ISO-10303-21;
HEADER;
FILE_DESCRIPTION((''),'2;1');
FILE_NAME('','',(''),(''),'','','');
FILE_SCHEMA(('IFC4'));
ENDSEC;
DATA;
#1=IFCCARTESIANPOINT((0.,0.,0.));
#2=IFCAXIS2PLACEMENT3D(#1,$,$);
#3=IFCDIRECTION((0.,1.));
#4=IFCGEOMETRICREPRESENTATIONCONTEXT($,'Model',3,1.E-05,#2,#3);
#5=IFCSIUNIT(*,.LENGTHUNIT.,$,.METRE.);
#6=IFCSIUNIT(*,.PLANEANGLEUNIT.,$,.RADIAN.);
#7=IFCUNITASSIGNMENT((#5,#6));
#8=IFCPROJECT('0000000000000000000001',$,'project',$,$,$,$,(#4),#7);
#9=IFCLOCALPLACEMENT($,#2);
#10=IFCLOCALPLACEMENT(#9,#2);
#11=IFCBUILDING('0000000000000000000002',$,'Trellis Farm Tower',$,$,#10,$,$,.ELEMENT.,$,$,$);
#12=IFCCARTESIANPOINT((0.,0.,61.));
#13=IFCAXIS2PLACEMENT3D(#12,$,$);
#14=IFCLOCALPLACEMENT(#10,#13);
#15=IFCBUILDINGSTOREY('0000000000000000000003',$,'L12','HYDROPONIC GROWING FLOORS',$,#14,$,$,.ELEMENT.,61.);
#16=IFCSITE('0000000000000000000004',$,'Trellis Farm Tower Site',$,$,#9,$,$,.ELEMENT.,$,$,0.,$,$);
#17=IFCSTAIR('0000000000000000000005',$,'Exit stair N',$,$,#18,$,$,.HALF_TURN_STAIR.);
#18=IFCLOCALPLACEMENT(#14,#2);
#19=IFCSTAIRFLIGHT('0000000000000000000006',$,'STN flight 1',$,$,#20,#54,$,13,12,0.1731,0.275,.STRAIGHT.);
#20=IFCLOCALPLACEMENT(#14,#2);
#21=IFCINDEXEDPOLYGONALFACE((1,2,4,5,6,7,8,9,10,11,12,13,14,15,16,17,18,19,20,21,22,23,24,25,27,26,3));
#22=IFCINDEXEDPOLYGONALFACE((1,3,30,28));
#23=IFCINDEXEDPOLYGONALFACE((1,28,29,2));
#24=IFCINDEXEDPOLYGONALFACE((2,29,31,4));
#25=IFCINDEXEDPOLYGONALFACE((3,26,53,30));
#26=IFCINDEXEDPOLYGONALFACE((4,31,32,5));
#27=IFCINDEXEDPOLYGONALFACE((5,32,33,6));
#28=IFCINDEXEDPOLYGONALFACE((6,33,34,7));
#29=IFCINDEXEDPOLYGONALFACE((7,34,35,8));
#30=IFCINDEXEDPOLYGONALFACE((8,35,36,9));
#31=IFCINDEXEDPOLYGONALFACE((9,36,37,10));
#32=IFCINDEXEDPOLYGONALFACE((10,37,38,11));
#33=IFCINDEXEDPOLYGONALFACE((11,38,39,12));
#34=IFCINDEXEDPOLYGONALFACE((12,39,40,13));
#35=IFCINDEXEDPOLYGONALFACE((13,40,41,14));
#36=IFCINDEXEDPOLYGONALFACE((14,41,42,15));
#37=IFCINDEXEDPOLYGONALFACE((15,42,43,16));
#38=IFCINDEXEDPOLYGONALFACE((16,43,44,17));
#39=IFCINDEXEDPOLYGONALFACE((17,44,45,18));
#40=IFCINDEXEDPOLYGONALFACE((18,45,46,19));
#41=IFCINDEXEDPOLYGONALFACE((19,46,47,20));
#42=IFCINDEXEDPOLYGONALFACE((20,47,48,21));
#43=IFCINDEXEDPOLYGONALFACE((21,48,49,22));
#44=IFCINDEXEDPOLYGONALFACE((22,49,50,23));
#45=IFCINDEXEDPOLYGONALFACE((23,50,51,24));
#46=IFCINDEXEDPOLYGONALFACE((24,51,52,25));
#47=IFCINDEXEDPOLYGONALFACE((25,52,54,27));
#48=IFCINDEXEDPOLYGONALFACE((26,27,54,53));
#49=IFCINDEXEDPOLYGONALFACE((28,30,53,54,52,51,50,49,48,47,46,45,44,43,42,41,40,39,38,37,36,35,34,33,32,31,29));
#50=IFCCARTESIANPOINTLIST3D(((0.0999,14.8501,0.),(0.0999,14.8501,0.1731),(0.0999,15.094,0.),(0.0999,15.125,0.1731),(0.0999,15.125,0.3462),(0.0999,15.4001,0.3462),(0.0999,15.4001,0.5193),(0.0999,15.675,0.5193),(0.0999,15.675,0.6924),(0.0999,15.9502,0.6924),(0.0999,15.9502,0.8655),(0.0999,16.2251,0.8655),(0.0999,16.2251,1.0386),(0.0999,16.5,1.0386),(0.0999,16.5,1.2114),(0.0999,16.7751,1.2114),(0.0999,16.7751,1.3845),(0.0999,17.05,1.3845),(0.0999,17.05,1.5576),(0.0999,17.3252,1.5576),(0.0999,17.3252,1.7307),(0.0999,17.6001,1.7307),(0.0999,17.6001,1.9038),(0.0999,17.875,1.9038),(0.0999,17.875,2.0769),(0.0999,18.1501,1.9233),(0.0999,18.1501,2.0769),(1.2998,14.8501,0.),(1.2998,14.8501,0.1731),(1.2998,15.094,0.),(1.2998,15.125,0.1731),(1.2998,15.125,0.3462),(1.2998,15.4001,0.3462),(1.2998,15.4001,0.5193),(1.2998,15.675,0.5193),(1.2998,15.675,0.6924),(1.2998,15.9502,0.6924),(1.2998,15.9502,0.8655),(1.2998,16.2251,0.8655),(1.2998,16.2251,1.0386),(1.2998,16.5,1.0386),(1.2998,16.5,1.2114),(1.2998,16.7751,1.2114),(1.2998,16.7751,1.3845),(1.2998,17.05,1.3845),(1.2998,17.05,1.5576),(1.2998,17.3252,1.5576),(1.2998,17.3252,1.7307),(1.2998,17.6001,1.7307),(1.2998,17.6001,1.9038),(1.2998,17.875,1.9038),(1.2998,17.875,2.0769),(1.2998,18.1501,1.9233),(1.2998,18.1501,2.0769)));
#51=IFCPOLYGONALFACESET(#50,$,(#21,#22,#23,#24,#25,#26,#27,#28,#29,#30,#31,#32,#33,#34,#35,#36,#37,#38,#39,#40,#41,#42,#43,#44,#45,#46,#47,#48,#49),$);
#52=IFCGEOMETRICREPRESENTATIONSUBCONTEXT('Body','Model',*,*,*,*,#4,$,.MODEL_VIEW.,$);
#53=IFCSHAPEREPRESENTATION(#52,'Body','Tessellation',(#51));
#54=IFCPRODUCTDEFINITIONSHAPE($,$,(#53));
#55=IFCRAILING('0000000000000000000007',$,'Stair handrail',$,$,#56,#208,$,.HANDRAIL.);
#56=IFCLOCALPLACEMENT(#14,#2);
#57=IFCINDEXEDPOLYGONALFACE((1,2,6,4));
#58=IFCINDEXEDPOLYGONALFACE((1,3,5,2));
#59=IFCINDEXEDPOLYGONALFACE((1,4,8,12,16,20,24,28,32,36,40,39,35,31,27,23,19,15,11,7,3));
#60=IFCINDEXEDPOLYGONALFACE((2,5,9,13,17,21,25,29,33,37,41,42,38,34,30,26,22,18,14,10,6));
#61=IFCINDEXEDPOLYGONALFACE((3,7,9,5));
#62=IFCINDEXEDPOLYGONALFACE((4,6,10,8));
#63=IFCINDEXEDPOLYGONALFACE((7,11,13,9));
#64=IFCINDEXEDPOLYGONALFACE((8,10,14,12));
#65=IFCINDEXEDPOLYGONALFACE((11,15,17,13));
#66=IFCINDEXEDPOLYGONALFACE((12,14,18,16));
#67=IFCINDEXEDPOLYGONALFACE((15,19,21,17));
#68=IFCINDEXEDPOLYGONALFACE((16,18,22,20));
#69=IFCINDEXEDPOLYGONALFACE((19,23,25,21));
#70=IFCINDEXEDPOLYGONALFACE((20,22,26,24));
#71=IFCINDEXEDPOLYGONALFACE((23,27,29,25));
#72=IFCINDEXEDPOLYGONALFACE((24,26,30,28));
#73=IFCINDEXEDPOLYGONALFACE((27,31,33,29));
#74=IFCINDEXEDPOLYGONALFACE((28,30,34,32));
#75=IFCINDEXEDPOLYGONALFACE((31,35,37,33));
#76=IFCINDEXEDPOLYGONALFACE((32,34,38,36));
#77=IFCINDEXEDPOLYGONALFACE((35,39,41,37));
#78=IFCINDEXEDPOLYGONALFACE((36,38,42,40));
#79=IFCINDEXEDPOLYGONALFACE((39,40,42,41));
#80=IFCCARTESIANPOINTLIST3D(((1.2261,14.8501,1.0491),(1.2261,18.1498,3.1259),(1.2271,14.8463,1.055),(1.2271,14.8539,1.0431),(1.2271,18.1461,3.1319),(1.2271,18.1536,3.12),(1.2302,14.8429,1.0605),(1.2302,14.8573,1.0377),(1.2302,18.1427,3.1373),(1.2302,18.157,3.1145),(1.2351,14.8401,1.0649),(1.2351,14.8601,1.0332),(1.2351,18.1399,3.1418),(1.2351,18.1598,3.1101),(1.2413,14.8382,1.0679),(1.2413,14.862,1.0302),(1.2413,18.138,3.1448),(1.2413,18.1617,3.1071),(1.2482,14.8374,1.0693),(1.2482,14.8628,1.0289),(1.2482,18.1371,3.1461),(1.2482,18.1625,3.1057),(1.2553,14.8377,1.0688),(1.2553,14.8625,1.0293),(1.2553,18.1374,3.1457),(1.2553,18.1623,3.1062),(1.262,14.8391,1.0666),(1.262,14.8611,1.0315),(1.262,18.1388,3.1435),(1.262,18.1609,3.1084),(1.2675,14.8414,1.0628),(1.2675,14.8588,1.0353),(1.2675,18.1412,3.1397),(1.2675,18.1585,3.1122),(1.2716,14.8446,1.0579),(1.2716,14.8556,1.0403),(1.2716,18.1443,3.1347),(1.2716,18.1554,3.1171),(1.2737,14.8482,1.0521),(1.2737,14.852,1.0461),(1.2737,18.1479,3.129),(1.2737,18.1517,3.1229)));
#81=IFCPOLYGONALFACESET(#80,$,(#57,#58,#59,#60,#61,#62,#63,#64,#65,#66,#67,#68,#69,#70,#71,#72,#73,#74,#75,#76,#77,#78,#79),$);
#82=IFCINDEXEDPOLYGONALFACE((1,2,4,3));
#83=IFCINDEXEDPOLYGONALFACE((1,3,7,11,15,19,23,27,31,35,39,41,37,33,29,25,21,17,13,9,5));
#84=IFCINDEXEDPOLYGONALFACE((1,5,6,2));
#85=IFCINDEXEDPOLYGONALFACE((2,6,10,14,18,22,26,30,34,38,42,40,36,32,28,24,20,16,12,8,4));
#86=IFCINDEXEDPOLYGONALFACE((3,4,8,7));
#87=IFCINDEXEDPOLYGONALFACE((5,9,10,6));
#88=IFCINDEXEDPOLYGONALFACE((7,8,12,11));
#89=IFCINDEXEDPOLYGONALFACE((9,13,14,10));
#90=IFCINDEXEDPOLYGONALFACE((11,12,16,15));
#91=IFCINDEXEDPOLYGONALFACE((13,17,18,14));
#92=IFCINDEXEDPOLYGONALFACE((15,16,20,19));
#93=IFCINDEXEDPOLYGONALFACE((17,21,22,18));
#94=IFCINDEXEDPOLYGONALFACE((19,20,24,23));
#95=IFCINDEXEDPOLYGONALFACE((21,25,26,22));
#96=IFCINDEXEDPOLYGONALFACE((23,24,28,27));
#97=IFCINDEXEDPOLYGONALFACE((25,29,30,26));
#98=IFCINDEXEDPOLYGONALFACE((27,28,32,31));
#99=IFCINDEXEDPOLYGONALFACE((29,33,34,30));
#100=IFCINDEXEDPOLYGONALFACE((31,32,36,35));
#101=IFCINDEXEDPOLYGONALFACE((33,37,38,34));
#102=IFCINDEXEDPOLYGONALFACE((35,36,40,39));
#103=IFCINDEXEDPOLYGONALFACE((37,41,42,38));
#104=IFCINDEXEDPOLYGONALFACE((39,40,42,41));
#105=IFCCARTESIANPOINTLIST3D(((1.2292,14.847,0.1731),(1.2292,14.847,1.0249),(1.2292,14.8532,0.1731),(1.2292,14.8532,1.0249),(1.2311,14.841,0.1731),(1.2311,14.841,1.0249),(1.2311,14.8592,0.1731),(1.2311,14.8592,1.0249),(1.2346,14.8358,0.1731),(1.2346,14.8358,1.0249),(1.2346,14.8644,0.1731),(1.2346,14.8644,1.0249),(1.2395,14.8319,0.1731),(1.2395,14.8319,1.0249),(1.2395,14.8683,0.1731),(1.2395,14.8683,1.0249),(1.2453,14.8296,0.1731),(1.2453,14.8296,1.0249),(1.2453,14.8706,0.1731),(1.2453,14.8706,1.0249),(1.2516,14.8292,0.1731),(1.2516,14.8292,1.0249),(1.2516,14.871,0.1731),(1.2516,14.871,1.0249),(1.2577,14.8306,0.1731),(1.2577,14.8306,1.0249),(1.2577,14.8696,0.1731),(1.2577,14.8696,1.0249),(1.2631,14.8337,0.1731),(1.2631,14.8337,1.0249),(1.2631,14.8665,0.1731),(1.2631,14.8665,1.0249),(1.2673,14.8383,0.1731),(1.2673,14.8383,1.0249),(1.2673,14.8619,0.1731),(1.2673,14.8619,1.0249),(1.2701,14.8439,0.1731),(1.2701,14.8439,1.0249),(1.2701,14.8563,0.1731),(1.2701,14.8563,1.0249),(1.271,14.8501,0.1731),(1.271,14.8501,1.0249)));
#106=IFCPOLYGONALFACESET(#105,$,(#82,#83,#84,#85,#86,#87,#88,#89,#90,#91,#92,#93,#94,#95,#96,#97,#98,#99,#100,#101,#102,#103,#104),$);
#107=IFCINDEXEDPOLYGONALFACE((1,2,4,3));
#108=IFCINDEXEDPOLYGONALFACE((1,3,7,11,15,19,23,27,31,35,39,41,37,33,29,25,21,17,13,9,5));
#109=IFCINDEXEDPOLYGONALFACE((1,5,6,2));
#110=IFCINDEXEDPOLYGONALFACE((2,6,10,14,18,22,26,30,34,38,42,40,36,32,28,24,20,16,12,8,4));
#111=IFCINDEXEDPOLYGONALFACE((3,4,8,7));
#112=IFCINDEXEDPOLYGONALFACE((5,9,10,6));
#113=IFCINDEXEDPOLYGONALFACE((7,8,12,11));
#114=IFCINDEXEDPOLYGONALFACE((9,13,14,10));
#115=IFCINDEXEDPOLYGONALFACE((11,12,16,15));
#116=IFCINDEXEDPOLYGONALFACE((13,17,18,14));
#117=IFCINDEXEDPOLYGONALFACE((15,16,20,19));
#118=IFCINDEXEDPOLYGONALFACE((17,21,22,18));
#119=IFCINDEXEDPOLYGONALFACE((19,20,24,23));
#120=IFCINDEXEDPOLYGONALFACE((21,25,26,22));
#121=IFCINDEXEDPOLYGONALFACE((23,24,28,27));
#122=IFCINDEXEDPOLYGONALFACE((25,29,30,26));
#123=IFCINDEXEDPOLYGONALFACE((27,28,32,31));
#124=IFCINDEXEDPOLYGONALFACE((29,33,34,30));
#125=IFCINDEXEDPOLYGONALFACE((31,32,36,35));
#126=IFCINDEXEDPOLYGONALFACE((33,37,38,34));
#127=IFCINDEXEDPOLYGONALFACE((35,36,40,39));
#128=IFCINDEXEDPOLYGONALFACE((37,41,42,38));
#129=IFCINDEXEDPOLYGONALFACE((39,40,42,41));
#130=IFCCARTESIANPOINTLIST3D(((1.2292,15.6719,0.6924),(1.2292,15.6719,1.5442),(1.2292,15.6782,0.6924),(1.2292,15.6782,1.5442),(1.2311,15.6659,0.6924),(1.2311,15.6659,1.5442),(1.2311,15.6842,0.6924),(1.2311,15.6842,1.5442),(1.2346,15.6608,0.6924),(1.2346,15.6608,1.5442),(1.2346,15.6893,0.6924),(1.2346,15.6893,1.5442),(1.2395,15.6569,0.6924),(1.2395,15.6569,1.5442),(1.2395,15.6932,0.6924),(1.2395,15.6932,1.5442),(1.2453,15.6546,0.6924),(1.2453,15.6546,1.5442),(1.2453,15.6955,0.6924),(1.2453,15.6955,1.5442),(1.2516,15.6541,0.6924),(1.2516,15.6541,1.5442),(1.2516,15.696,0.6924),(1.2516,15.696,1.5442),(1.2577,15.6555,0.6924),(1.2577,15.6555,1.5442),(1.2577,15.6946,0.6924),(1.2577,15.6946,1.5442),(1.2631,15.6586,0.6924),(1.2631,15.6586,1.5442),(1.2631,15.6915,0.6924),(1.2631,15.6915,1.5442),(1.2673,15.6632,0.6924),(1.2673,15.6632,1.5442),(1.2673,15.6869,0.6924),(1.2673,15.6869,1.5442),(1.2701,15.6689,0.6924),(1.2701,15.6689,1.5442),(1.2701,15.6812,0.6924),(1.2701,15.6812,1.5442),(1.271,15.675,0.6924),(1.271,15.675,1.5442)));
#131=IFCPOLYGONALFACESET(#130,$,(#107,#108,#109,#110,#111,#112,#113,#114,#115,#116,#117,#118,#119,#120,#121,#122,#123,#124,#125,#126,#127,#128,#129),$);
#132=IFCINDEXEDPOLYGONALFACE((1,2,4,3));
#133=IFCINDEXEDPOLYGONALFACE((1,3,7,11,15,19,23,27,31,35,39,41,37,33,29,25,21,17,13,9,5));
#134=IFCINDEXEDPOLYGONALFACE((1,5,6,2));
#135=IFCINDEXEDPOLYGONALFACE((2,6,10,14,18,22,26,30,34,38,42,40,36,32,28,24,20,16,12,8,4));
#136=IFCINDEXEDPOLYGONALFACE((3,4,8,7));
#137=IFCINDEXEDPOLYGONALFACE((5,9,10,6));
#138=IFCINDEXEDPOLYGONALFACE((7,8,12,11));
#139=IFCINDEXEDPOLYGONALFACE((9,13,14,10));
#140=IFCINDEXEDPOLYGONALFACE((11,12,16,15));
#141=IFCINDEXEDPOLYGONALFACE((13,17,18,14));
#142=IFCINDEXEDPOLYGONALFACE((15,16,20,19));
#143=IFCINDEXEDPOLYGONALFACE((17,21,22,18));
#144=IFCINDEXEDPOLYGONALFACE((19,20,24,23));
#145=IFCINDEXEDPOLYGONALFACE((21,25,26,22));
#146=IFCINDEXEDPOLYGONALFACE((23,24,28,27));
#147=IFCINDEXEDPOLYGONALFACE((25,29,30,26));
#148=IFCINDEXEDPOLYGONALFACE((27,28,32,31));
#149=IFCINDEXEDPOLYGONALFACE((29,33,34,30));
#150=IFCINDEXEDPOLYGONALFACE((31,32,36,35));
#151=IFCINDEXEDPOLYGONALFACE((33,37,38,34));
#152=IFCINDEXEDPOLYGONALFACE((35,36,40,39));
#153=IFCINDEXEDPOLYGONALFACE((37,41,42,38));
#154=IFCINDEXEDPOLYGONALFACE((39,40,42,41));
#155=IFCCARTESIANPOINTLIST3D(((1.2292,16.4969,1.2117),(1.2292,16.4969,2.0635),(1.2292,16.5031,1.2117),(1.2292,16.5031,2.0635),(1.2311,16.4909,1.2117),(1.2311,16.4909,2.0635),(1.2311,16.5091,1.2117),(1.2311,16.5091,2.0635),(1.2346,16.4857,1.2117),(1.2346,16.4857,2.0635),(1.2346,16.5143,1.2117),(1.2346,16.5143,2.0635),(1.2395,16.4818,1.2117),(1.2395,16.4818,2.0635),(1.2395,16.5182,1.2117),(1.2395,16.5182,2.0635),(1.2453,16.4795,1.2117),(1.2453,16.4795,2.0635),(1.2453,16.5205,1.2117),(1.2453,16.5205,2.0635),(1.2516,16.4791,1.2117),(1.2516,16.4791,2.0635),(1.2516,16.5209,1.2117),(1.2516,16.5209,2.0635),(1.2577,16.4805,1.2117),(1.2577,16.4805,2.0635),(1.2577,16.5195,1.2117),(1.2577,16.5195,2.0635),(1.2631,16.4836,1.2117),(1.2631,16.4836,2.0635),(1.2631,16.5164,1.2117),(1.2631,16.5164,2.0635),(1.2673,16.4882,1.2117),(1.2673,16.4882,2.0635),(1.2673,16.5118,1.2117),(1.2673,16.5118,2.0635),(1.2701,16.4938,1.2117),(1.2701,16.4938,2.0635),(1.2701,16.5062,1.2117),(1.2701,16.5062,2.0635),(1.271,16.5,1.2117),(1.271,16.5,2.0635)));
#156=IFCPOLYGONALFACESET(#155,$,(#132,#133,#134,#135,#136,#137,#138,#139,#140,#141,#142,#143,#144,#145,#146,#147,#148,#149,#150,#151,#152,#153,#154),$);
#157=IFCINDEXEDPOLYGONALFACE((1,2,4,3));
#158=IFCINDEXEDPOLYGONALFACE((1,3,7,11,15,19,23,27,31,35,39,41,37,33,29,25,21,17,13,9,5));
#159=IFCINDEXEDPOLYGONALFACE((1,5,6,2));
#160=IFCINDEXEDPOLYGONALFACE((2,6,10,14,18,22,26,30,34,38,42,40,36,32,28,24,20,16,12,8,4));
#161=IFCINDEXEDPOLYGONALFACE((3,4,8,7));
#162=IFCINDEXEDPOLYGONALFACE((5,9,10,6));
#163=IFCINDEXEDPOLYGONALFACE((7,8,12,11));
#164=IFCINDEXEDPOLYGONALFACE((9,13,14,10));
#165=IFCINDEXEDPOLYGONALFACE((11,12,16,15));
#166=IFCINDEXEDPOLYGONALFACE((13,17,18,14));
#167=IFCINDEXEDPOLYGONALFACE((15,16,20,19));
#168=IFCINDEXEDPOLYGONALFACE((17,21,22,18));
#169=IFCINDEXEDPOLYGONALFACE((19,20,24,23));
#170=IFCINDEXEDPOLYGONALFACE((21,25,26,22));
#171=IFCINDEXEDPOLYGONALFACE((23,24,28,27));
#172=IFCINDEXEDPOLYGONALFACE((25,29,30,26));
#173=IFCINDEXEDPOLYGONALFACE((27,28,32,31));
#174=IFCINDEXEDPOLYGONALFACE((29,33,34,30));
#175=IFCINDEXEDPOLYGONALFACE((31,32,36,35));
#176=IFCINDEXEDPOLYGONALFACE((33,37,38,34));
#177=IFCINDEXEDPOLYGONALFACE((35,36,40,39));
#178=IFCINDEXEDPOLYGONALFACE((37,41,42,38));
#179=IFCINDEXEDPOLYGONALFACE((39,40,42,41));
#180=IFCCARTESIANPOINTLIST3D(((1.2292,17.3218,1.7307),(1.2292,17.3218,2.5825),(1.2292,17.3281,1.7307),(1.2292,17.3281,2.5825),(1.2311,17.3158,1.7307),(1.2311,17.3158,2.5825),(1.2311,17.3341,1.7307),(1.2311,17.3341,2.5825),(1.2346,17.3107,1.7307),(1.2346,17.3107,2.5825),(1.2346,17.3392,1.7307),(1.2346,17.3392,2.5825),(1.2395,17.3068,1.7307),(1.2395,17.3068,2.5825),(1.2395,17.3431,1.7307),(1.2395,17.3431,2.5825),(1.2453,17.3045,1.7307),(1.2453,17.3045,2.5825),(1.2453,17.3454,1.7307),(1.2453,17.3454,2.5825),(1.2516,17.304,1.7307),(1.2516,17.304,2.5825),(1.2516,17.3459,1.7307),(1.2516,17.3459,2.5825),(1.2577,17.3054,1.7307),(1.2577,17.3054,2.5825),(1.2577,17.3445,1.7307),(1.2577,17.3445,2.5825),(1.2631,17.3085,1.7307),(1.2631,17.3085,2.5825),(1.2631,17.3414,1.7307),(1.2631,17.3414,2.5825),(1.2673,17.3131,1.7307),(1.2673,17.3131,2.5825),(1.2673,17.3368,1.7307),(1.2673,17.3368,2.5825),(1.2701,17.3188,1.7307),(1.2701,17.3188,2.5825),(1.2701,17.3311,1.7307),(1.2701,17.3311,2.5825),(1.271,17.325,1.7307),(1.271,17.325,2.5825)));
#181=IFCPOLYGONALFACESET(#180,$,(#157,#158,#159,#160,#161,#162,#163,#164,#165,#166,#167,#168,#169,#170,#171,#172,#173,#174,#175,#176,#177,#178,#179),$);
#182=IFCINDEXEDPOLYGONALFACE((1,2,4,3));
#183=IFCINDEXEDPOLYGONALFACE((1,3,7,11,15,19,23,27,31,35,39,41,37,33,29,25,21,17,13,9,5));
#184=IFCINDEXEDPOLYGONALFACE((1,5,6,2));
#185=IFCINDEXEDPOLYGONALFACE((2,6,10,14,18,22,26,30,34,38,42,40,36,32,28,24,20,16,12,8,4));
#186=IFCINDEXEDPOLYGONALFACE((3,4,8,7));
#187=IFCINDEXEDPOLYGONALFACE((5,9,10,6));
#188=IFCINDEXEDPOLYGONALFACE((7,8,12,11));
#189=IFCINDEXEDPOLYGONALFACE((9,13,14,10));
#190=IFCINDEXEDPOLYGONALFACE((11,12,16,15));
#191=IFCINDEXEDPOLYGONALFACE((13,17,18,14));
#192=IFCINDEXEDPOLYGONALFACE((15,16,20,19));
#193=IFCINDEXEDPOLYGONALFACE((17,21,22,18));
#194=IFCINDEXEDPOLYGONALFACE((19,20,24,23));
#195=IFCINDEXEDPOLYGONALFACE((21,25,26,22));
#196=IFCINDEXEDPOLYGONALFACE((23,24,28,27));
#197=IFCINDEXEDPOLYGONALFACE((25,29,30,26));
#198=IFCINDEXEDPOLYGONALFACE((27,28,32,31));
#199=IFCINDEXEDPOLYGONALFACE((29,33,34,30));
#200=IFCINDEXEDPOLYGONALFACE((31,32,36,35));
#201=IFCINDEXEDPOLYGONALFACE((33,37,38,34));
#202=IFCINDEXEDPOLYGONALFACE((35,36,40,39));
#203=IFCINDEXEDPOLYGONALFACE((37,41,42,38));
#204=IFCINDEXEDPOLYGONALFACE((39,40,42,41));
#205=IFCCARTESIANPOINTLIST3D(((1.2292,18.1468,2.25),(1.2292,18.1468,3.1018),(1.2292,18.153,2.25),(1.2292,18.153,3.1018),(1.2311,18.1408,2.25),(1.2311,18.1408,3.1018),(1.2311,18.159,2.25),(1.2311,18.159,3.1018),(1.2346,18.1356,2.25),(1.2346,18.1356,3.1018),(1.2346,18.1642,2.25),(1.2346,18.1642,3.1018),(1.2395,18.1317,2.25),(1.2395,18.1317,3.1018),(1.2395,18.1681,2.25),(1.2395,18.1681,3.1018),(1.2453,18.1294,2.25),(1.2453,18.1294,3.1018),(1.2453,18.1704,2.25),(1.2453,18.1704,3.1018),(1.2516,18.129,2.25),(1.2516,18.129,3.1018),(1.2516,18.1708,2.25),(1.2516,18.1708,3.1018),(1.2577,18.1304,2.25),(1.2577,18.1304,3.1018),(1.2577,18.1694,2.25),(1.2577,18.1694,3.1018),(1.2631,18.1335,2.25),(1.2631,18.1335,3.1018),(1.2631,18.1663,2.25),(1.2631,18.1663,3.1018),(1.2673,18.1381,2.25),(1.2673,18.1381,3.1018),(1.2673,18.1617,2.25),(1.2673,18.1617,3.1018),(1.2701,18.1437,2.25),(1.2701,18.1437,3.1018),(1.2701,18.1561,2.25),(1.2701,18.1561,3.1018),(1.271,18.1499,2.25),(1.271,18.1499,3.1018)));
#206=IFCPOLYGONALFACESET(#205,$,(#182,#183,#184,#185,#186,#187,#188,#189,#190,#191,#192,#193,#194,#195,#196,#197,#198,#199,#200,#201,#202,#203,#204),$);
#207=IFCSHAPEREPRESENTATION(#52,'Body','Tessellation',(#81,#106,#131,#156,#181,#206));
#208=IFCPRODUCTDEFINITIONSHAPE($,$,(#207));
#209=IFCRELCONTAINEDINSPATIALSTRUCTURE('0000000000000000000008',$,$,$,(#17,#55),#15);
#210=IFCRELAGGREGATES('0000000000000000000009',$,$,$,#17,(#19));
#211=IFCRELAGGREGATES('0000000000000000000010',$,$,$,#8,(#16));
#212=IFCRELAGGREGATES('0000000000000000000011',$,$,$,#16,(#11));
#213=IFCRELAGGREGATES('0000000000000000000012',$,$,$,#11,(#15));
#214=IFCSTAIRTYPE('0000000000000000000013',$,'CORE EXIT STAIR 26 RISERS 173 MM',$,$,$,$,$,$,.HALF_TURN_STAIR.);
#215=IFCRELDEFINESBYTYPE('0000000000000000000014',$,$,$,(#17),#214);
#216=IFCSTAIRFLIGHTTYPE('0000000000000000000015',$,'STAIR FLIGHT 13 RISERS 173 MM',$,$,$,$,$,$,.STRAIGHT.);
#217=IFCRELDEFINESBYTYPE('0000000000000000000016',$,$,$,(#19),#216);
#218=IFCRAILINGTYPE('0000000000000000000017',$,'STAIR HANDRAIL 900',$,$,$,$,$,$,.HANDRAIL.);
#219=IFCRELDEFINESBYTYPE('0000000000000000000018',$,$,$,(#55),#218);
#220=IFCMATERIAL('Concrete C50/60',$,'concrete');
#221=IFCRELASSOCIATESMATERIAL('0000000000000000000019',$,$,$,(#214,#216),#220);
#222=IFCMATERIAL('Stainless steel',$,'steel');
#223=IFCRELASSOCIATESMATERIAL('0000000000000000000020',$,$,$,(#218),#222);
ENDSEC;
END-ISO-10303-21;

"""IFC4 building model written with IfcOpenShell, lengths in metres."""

from ifc_helpers import new_model, si_unit, direction, frame, origin, origin_2d, place, context, subcontext, project, spatial, polyline, circle, outline, extrude, source, transform, mapped, material, type_object, element, aggregate, save


model = new_model("IFC4")

# Units and contexts
model_context = context("Model", 3, precision=1e-05, world=origin(), true_north=direction((0.0, 1.0)))
body_context = subcontext(model_context, "Body", "Model", "MODEL_VIEW")
ifc_project = project(units=[si_unit("LENGTHUNIT", "METRE"), si_unit("PLANEANGLEUNIT", "RADIAN")], contexts=[model_context])

# Site, building, storey
site_placement = place(None, origin())
site = spatial("IfcSite", under=ifc_project, at=site_placement, Name="Trellis Farm Tower Site", CompositionType="ELEMENT", RefElevation=0.0)
building_placement = place(site_placement, origin())
building = spatial("IfcBuilding", under=site, at=building_placement, Name="Trellis Farm Tower", CompositionType="ELEMENT")
storey_placement = place(building_placement, frame((0.0, 0.0, 61.0)))
storey = spatial("IfcBuildingStorey", under=building, at=storey_placement, Name="L12", Description="HYDROPONIC GROWING FLOORS", CompositionType="ELEMENT", Elevation=61.0)

# Shared definitions
placement = place(storey_placement, origin())

# Stair, stair flight
ifc_material_1 = material(Name="Concrete C50/60", Category="concrete")
stair_type = type_object("IfcStairType", Name="CORE EXIT STAIR 26 RISERS 173 MM", PredefinedType="HALF_TURN_STAIR", material=ifc_material_1)
stair = element("IfcStair", 1, at=placement, inside=storey, type_object=stair_type, Name="Exit stair N", PredefinedType="HALF_TURN_STAIR")
stair_flight_type = type_object("IfcStairFlightType", Name="STAIR FLIGHT 13 RISERS 173 MM", PredefinedType="STRAIGHT", material=ifc_material_1)
shared_shape_1 = source(origin(), body_context, "Body", "SweptSolid", [
    extrude(outline(polyline([(0.0, 0.0), (0.0, 0.1731), (0.2749, 0.1731), (0.2749, 0.3462), (0.55, 0.3462), (0.55, 0.5193), (0.825, 0.5193), (0.825, 0.6924), (1.1001, 0.6924), (1.1001, 0.8655), (1.375, 0.8655), (1.375, 1.0386), (1.6499, 1.0386), (1.6499, 1.2114), (1.925, 1.2114), (1.925, 1.3845), (2.2, 1.3845), (2.2, 1.5576), (2.4751, 1.5576), (2.4751, 1.7307), (2.75, 1.7307), (2.75, 1.9038), (3.0249, 1.9038), (3.0249, 2.0769), (3.3, 2.0769), (3.3, 2.25), (3.3, 1.9233), (0.2439, 0.0), (0.0, 0.0)])), frame((0.0, 0.6001, 0.0), z_axis=(0.0, -1.0, 0.0), x_axis=(1.0, 0.0, 0.0)), (0.0, 0.0, 1.0), 1.2),
])
stair_flight_placement = place(storey_placement, frame((0.7, 14.8501, 0.0), z_axis=(0.0, 0.0, 1.0), x_axis=(0.0, 1.0, 0.0)))
stair_flight = element("IfcStairFlight", 2, at=stair_flight_placement, type_object=stair_flight_type, Name="STN flight 1", NumberOfRisers=13, NumberOfTreads=12, PredefinedType="STRAIGHT", RiserHeight=0.1731, TreadLength=0.275, context=body_context, shape_type="MappedRepresentation", body=[
    mapped(shared_shape_1, transform((0.0, 0.0, 0.0))),
])
aggregate(stair, [stair_flight])

# Railing
ifc_material_2 = material(Name="Stainless steel", Category="steel")
railing_type = type_object("IfcRailingType", Name="STAIR HANDRAIL 900", PredefinedType="HANDRAIL", material=ifc_material_2)
shared_shape_2 = source(origin(), body_context, "Body", "SweptSolid", [
    extrude(circle(Radius=0.0239, at=origin_2d()), frame((0.0, 0.0, 0.876), z_axis=(0.0, 0.84632, 0.532675), x_axis=(-1.0, 0.0, 0.0)), (0.0, 0.0, 1.0), 3.8989),
    extrude(circle(Radius=0.021, at=origin_2d()), origin(), (0.0, 0.0, 1.0), 0.8518),
    extrude(circle(Radius=0.021, at=origin_2d()), frame((0.0, 0.825, 0.5193)), (0.0, 0.0, 1.0), 0.8518),
    extrude(circle(Radius=0.021, at=origin_2d()), frame((0.0, 1.6499, 1.0386)), (0.0, 0.0, 1.0), 0.8518),
    extrude(circle(Radius=0.021, at=origin_2d()), frame((0.0, 2.4749, 1.5576)), (0.0, 0.0, 1.0), 0.8518),
    extrude(circle(Radius=0.021, at=origin_2d()), frame((0.0, 3.2998, 2.0769)), (0.0, 0.0, 1.0), 0.8518),
])
railing_placement = place(storey_placement, frame((1.25, 14.8501, 0.1731)))
element("IfcRailing", 3, at=railing_placement, inside=storey, type_object=railing_type, Name="Stair handrail", PredefinedType="HANDRAIL", context=body_context, shape_type="MappedRepresentation", body=[
    mapped(shared_shape_2, transform((0.0, 0.0, 0.0))),
])

save(model, "model.ifc")
